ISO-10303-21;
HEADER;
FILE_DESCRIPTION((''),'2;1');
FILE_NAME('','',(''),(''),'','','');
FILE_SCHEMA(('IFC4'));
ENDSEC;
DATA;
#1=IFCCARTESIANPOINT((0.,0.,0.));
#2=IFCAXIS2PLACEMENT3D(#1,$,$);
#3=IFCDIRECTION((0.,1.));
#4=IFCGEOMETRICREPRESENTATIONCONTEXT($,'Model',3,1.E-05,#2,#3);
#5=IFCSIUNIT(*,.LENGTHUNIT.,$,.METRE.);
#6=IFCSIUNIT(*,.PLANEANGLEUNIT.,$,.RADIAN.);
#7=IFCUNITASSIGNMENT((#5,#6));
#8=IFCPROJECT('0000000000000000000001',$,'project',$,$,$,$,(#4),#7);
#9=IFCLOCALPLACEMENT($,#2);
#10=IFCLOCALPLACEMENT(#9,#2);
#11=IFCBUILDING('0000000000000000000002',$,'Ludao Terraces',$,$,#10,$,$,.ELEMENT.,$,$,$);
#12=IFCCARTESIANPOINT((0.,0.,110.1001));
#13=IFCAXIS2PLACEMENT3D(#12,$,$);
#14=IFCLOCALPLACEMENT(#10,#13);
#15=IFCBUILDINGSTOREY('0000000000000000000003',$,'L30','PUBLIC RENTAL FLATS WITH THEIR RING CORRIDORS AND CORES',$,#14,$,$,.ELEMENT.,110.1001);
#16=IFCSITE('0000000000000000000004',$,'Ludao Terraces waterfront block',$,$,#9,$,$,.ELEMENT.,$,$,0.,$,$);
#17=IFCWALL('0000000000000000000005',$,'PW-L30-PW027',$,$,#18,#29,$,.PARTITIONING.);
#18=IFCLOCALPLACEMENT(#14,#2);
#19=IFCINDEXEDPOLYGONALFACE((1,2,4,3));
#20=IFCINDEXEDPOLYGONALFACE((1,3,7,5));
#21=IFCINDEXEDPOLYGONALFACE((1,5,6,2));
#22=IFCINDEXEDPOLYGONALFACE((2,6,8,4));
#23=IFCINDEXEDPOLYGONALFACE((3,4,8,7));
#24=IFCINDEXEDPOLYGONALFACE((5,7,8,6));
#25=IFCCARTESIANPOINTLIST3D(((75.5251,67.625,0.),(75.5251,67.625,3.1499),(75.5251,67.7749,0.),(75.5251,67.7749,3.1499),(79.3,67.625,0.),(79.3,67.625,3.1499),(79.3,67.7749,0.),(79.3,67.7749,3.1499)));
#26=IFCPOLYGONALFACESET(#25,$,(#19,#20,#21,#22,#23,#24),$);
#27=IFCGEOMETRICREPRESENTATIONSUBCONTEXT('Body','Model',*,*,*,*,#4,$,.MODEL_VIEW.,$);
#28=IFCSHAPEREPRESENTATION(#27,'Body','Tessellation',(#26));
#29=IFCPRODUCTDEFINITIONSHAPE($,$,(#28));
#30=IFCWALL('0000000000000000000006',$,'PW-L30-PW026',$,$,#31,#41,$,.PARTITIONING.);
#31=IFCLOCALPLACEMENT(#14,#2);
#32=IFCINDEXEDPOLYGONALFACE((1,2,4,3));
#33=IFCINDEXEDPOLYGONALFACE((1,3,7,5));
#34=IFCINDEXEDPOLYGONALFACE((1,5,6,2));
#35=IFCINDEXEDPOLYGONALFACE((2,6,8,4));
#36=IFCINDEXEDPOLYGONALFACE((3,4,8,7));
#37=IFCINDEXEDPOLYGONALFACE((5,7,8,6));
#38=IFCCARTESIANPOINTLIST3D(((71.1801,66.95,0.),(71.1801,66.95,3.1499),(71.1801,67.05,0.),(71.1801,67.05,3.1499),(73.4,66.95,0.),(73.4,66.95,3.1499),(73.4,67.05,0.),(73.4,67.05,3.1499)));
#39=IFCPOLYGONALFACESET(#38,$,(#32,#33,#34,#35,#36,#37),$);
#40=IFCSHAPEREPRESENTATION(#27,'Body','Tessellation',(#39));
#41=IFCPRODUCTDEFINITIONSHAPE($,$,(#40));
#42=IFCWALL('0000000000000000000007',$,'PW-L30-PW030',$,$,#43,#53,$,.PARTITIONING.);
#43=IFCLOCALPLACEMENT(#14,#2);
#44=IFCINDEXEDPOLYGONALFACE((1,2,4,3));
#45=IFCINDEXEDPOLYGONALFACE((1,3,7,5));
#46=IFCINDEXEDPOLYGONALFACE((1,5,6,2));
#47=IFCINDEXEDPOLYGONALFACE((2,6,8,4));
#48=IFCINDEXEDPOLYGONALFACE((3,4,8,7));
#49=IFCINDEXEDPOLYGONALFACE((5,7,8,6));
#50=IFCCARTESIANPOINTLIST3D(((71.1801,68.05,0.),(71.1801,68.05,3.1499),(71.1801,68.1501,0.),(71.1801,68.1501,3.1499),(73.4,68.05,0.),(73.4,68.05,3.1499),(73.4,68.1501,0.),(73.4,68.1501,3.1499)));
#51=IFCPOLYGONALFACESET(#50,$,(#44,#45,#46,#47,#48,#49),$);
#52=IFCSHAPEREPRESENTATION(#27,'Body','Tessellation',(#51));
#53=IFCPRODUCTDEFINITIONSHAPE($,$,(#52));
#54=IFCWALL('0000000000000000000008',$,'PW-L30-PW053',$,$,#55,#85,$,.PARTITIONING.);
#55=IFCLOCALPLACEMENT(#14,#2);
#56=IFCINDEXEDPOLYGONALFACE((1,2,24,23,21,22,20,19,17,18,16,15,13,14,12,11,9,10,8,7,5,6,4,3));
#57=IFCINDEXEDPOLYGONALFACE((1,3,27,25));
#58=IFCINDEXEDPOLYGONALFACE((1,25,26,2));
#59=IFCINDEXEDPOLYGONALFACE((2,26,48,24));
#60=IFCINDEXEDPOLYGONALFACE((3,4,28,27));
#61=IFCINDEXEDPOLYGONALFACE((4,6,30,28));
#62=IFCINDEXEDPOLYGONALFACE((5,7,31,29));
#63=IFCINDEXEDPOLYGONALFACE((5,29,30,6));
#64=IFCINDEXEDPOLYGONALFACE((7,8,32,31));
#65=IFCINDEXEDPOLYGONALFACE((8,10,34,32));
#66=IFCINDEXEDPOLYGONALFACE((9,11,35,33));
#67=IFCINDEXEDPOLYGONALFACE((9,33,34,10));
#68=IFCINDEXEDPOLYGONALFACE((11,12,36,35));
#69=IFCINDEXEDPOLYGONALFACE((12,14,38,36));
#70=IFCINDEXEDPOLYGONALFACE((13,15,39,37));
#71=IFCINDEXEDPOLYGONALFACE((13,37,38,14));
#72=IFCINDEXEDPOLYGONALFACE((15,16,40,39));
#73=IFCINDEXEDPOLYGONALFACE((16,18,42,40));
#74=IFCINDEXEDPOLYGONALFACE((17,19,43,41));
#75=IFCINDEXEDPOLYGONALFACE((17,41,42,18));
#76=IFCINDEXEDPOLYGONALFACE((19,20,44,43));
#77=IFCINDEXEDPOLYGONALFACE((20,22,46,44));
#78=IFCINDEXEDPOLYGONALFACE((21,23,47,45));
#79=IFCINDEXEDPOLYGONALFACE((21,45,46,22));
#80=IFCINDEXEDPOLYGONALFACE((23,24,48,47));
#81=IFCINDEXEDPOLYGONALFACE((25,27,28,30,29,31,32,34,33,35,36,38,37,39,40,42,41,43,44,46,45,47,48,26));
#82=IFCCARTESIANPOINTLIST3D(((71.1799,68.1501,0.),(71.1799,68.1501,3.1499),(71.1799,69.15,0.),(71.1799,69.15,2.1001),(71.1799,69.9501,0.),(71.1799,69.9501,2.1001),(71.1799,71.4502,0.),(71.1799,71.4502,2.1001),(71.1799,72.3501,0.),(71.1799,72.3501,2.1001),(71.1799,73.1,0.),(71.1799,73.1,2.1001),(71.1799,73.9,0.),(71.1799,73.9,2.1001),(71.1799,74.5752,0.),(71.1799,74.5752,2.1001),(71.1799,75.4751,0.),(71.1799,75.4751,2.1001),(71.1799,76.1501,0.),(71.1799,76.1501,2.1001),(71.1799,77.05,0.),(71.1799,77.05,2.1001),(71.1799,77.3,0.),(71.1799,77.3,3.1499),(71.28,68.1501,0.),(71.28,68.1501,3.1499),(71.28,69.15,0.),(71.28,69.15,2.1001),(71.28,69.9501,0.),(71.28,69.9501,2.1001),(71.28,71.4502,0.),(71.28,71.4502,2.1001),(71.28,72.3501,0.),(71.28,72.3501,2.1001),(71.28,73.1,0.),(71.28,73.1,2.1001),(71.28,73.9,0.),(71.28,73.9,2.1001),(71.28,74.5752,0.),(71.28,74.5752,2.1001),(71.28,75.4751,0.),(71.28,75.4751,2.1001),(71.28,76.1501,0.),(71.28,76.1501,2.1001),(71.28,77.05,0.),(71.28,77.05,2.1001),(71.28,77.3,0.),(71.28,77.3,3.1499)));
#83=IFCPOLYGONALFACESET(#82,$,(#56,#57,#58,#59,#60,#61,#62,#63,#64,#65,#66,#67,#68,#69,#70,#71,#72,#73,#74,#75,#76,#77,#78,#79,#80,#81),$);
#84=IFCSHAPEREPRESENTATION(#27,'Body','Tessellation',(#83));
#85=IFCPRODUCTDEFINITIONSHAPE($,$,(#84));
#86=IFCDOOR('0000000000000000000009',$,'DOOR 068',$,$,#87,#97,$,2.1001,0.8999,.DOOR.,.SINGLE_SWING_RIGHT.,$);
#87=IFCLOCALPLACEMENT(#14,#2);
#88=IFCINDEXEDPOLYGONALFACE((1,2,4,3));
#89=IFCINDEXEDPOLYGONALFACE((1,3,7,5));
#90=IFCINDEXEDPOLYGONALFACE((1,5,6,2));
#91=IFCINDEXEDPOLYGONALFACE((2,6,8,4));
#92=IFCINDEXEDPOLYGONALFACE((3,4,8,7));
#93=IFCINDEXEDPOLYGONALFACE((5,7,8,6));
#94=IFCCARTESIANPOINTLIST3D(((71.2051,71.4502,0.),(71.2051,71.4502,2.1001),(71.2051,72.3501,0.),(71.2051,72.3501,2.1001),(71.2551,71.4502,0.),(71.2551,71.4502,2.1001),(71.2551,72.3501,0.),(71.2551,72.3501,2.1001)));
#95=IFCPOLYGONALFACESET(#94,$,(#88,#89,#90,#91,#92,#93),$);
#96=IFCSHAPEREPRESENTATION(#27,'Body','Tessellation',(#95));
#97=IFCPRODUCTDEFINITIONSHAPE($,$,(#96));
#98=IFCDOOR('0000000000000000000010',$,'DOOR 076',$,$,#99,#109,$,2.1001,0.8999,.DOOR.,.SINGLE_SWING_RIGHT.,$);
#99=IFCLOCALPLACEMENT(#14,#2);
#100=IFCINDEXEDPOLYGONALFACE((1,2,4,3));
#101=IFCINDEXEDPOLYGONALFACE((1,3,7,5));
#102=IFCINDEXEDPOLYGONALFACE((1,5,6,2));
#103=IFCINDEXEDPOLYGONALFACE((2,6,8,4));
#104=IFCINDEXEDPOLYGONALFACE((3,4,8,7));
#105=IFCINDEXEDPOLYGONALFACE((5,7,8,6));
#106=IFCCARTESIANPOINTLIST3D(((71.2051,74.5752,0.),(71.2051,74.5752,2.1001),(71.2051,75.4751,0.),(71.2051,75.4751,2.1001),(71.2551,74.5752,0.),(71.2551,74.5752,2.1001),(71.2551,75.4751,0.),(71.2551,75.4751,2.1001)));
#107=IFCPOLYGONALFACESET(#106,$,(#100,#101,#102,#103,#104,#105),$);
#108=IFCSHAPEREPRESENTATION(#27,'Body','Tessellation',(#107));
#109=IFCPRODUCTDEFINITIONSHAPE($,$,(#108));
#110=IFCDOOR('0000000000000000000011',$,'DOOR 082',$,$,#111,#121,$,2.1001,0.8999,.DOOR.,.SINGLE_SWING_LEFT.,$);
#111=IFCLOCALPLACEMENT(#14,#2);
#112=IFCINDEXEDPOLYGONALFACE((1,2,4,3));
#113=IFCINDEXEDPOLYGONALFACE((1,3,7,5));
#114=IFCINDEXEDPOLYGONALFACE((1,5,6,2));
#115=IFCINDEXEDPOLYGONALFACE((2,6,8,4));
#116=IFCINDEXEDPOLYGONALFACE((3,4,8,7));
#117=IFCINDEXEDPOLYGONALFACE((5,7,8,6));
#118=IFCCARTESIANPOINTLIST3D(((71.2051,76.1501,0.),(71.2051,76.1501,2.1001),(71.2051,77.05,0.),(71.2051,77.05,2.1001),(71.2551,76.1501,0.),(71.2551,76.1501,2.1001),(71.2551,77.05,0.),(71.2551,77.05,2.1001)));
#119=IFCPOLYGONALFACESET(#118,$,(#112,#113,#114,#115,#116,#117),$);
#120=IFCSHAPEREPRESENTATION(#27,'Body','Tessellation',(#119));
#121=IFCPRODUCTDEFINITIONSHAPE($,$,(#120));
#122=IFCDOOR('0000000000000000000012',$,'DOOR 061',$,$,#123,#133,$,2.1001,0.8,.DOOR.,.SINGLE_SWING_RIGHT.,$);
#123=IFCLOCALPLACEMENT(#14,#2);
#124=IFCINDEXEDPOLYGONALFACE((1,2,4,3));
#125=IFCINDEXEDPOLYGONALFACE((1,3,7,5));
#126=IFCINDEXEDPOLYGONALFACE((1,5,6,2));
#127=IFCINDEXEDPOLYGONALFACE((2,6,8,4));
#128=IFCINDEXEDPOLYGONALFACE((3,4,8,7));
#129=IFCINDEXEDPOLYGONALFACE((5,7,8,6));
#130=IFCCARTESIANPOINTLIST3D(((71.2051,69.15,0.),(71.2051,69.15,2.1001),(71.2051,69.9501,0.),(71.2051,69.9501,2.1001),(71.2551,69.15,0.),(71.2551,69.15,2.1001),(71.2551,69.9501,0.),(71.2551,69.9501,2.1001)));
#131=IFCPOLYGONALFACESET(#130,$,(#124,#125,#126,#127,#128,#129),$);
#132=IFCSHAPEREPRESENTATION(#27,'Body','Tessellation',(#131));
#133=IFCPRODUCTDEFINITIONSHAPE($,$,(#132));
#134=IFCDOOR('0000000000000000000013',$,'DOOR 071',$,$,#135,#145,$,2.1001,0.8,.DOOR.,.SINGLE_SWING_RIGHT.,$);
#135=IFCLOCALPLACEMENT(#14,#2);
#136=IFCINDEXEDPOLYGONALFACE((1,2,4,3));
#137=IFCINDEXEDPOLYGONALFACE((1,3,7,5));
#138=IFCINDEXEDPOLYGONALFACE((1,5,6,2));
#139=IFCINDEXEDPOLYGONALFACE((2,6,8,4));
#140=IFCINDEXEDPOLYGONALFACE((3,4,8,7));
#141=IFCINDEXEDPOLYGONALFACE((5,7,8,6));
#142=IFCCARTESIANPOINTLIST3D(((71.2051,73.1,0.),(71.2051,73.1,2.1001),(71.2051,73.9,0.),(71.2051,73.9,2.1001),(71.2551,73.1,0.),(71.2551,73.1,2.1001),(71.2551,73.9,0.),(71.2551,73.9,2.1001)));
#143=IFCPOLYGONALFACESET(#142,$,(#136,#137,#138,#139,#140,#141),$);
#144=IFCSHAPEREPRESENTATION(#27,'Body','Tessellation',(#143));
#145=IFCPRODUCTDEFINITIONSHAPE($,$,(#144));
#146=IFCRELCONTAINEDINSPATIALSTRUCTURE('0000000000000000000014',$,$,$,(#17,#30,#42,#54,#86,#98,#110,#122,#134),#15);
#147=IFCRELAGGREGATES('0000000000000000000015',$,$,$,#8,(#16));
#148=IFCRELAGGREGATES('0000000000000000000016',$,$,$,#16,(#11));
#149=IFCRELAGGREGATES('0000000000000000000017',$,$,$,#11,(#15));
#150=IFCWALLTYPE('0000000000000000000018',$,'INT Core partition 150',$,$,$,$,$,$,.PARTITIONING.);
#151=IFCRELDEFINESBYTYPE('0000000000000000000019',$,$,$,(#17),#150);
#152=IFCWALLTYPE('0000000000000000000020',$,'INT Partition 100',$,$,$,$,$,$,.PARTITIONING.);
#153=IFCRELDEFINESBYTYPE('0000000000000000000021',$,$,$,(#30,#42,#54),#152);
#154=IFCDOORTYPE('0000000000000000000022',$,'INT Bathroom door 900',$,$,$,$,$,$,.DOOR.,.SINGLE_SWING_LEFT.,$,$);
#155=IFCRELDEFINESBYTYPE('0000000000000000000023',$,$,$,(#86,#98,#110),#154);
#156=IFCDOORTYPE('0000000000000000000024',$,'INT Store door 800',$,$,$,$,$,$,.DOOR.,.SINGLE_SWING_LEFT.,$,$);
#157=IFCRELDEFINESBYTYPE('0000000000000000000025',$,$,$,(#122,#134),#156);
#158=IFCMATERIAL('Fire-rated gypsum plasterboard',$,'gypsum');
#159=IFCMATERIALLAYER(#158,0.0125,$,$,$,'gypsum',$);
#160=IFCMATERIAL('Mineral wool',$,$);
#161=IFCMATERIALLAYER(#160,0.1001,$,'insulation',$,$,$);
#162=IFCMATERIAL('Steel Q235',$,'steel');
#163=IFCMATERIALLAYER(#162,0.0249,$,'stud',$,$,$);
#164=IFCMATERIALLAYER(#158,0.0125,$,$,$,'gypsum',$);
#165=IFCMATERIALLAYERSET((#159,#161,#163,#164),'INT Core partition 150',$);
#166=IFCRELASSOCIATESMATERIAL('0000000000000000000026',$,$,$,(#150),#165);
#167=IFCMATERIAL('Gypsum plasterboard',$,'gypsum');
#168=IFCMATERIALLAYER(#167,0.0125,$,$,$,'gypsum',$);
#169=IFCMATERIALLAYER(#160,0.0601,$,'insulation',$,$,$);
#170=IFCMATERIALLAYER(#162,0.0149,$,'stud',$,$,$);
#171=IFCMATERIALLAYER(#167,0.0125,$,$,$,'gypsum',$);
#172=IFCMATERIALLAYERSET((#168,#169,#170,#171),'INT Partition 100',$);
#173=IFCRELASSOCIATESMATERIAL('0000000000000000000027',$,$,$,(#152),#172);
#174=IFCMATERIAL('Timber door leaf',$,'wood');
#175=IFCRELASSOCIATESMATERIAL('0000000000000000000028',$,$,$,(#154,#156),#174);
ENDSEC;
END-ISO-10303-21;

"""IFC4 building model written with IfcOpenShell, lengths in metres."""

from ifc_helpers import new_model, si_unit, direction, frame, frame_2d, origin, place, context, subcontext, project, spatial, rectangle, extrude, material, layer, layer_set, type_object, element, fill, save


model = new_model("IFC4")

# Units and contexts
model_context = context("Model", 3, precision=1e-05, world=origin(), true_north=direction((0.0, 1.0)))
body_context = subcontext(model_context, "Body", "Model", "MODEL_VIEW")
ifc_project = project(units=[si_unit("LENGTHUNIT", "METRE"), si_unit("PLANEANGLEUNIT", "RADIAN")], contexts=[model_context])

# Site, building, storey
site_placement = place(None, origin())
site = spatial("IfcSite", under=ifc_project, at=site_placement, Name="Ludao Terraces waterfront block", CompositionType="ELEMENT", RefElevation=0.0)
building_placement = place(site_placement, origin())
building = spatial("IfcBuilding", under=site, at=building_placement, Name="Ludao Terraces", CompositionType="ELEMENT")
storey_placement = place(building_placement, frame((0.0, 0.0, 110.1001)))
storey = spatial("IfcBuildingStorey", under=building, at=storey_placement, Name="L30", Description="PUBLIC RENTAL FLATS WITH THEIR RING CORRIDORS AND CORES", CompositionType="ELEMENT", Elevation=110.1001)

# Walls
ifc_material_1 = material(Name="Fire-rated gypsum plasterboard", Category="gypsum")
ifc_layer_1 = layer(ifc_material_1, 0.0125, Category="gypsum")
ifc_material_2 = material(Name="Mineral wool")
ifc_layer_2 = layer(ifc_material_2, 0.1001, Name="insulation")
ifc_material_3 = material(Name="Steel Q235", Category="steel")
ifc_layer_3 = layer(ifc_material_3, 0.0249, Name="stud")
ifc_layer_4 = layer(ifc_material_1, 0.0125, Category="gypsum")
ifc_layer_set_1 = layer_set([ifc_layer_1, ifc_layer_2, ifc_layer_3, ifc_layer_4], Name="INT Core partition 150")
wall_type_1 = type_object("IfcWallType", Name="INT Core partition 150", PredefinedType="PARTITIONING", material=ifc_layer_set_1)
wall_1_placement = place(storey_placement, frame((75.5251, 67.7, 0.0), z_axis=(0.0, 0.0, 1.0), x_axis=(1.0, 0.0, 0.0)))
element("IfcWall", 1, at=wall_1_placement, inside=storey, type_object=wall_type_1, Name="PW-L30-PW027", PredefinedType="PARTITIONING", context=body_context, shape_type="SweptSolid", body=[
    extrude(rectangle(XDim=3.7749, YDim=0.1499, at=frame_2d((1.8875, 0.0))), origin(), (0.0, 0.0, 1.0), 3.1499),
])
ifc_material_4 = material(Name="Gypsum plasterboard", Category="gypsum")
ifc_layer_5 = layer(ifc_material_4, 0.0125, Category="gypsum")
ifc_layer_6 = layer(ifc_material_2, 0.0601, Name="insulation")
ifc_layer_7 = layer(ifc_material_3, 0.0149, Name="stud")
ifc_layer_8 = layer(ifc_material_4, 0.0125, Category="gypsum")
ifc_layer_set_2 = layer_set([ifc_layer_5, ifc_layer_6, ifc_layer_7, ifc_layer_8], Name="INT Partition 100")
wall_type_2 = type_object("IfcWallType", Name="INT Partition 100", PredefinedType="PARTITIONING", material=ifc_layer_set_2)
for number, where, z_axis, x_axis, name in (
    (2, (71.1802, 67.0, 0.0), (0.0, 0.0, 1.0), (1.0, 0.0, 0.0), "PW-L30-PW026"),
    (3, (71.1802, 68.1001, 0.0), (0.0, 0.0, 1.0), (1.0, 0.0, 0.0), "PW-L30-PW030"),
):
    element("IfcWall", number, at=place(storey_placement, frame(where, z_axis=z_axis, x_axis=x_axis)), inside=storey, type_object=wall_type_2, Name=name, PredefinedType="PARTITIONING", context=body_context, shape_type="SweptSolid", body=[
        extrude(rectangle(XDim=2.22, YDim=0.1001, at=frame_2d((1.1099, 0.0))), origin(), (0.0, 0.0, 1.0), 3.1499),
    ])

# Wall, openings, doors
wall_2_placement = place(storey_placement, frame((71.23, 68.1501, 0.0), z_axis=(0.0, 0.0, 1.0), x_axis=(0.0, 1.0, 0.0)))
wall_2 = element("IfcWall", 4, at=wall_2_placement, inside=storey, type_object=wall_type_2, Name="PW-L30-PW053", PredefinedType="PARTITIONING", context=body_context, shape_type="SweptSolid", body=[
    extrude(rectangle(XDim=9.1499, YDim=0.1001, at=frame_2d((4.575, 0.0))), origin(), (0.0, 0.0, 1.0), 3.1499),
])
opening_1_placement = place(wall_2_placement, frame((1.0, 0.0, 0.0)))
opening_1 = element("IfcOpeningElement", 5, at=opening_1_placement, cuts=wall_2, PredefinedType="OPENING", context=body_context, shape_type="SweptSolid", body=[
    extrude(rectangle(XDim=0.8, YDim=2.1001, at=frame_2d((0.3999, 1.05))), frame((0.0, 0.0601, 0.0), z_axis=(0.0, -1.0, 0.0), x_axis=(1.0, 0.0, 0.0)), (0.0, 0.0, 1.0), 0.1201),
])
opening_2_placement = place(wall_2_placement, frame((3.3, 0.0, 0.0)))
opening_2 = element("IfcOpeningElement", 6, at=opening_2_placement, cuts=wall_2, PredefinedType="OPENING", context=body_context, shape_type="SweptSolid", body=[
    extrude(rectangle(XDim=0.8999, YDim=2.1001, at=frame_2d((0.45, 1.05))), frame((0.0, 0.0601, 0.0), z_axis=(0.0, -1.0, 0.0), x_axis=(1.0, 0.0, 0.0)), (0.0, 0.0, 1.0), 0.1201),
])
opening_3_placement = place(wall_2_placement, frame((4.95, 0.0, 0.0)))
opening_3 = element("IfcOpeningElement", 7, at=opening_3_placement, cuts=wall_2, PredefinedType="OPENING", context=body_context, shape_type="SweptSolid", body=[
    extrude(rectangle(XDim=0.8, YDim=2.1001, at=frame_2d((0.3999, 1.05))), frame((0.0, 0.0601, 0.0), z_axis=(0.0, -1.0, 0.0), x_axis=(1.0, 0.0, 0.0)), (0.0, 0.0, 1.0), 0.1201),
])
opening_4_placement = place(wall_2_placement, frame((6.425, 0.0, 0.0)))
opening_4 = element("IfcOpeningElement", 8, at=opening_4_placement, cuts=wall_2, PredefinedType="OPENING", context=body_context, shape_type="SweptSolid", body=[
    extrude(rectangle(XDim=0.8999, YDim=2.1001, at=frame_2d((0.45, 1.05))), frame((0.0, 0.0601, 0.0), z_axis=(0.0, -1.0, 0.0), x_axis=(1.0, 0.0, 0.0)), (0.0, 0.0, 1.0), 0.1201),
])
opening_5_placement = place(wall_2_placement, frame((8.0, 0.0, 0.0)))
opening_5 = element("IfcOpeningElement", 9, at=opening_5_placement, cuts=wall_2, PredefinedType="OPENING", context=body_context, shape_type="SweptSolid", body=[
    extrude(rectangle(XDim=0.8999, YDim=2.1001, at=frame_2d((0.45, 1.05))), frame((0.0, 0.0601, 0.0), z_axis=(0.0, -1.0, 0.0), x_axis=(1.0, 0.0, 0.0)), (0.0, 0.0, 1.0), 0.1201),
])
ifc_material_5 = material(Name="Timber door leaf", Category="wood")
door_type_1 = type_object("IfcDoorType", Name="INT Bathroom door 900", OperationType="SINGLE_SWING_LEFT", PredefinedType="DOOR", material=ifc_material_5)
door_1_placement = place(opening_2_placement, origin())
door_1 = element("IfcDoor", 10, at=door_1_placement, inside=storey, type_object=door_type_1, Name="DOOR 068", OperationType="SINGLE_SWING_RIGHT", OverallHeight=2.1001, OverallWidth=0.8999, PredefinedType="DOOR", context=body_context, shape_type="SweptSolid", body=[
    extrude(rectangle(XDim=0.8999, YDim=2.1001, at=frame_2d((0.45, 1.05))), frame((0.0, 0.0249, 0.0), z_axis=(0.0, -1.0, 0.0), x_axis=(1.0, 0.0, 0.0)), (0.0, 0.0, 1.0), 0.05),
])
fill(opening_2, door_1)
door_2_placement = place(opening_4_placement, origin())
door_2 = element("IfcDoor", 11, at=door_2_placement, inside=storey, type_object=door_type_1, Name="DOOR 076", OperationType="SINGLE_SWING_RIGHT", OverallHeight=2.1001, OverallWidth=0.8999, PredefinedType="DOOR", context=body_context, shape_type="SweptSolid", body=[
    extrude(rectangle(XDim=0.8999, YDim=2.1001, at=frame_2d((0.45, 1.05))), frame((0.0, 0.0249, 0.0), z_axis=(0.0, -1.0, 0.0), x_axis=(1.0, 0.0, 0.0)), (0.0, 0.0, 1.0), 0.05),
])
fill(opening_4, door_2)
door_3_placement = place(opening_5_placement, origin())
door_3 = element("IfcDoor", 12, at=door_3_placement, inside=storey, type_object=door_type_1, Name="DOOR 082", OperationType="SINGLE_SWING_LEFT", OverallHeight=2.1001, OverallWidth=0.8999, PredefinedType="DOOR", context=body_context, shape_type="SweptSolid", body=[
    extrude(rectangle(XDim=0.8999, YDim=2.1001, at=frame_2d((0.45, 1.05))), frame((0.0, 0.0249, 0.0), z_axis=(0.0, -1.0, 0.0), x_axis=(1.0, 0.0, 0.0)), (0.0, 0.0, 1.0), 0.05),
])
fill(opening_5, door_3)
door_type_2 = type_object("IfcDoorType", Name="INT Store door 800", OperationType="SINGLE_SWING_LEFT", PredefinedType="DOOR", material=ifc_material_5)
door_4_placement = place(opening_1_placement, origin())
door_4 = element("IfcDoor", 13, at=door_4_placement, inside=storey, type_object=door_type_2, Name="DOOR 061", OperationType="SINGLE_SWING_RIGHT", OverallHeight=2.1001, OverallWidth=0.8, PredefinedType="DOOR", context=body_context, shape_type="SweptSolid", body=[
    extrude(rectangle(XDim=0.8, YDim=2.1001, at=frame_2d((0.3999, 1.05))), frame((0.0, 0.0249, 0.0), z_axis=(0.0, -1.0, 0.0), x_axis=(1.0, 0.0, 0.0)), (0.0, 0.0, 1.0), 0.05),
])
fill(opening_1, door_4)
door_5_placement = place(opening_3_placement, origin())
door_5 = element("IfcDoor", 14, at=door_5_placement, inside=storey, type_object=door_type_2, Name="DOOR 071", OperationType="SINGLE_SWING_RIGHT", OverallHeight=2.1001, OverallWidth=0.8, PredefinedType="DOOR", context=body_context, shape_type="SweptSolid", body=[
    extrude(rectangle(XDim=0.8, YDim=2.1001, at=frame_2d((0.3999, 1.05))), frame((0.0, 0.0249, 0.0), z_axis=(0.0, -1.0, 0.0), x_axis=(1.0, 0.0, 0.0)), (0.0, 0.0, 1.0), 0.05),
])
fill(opening_3, door_5)

save(model, "model.ifc")
